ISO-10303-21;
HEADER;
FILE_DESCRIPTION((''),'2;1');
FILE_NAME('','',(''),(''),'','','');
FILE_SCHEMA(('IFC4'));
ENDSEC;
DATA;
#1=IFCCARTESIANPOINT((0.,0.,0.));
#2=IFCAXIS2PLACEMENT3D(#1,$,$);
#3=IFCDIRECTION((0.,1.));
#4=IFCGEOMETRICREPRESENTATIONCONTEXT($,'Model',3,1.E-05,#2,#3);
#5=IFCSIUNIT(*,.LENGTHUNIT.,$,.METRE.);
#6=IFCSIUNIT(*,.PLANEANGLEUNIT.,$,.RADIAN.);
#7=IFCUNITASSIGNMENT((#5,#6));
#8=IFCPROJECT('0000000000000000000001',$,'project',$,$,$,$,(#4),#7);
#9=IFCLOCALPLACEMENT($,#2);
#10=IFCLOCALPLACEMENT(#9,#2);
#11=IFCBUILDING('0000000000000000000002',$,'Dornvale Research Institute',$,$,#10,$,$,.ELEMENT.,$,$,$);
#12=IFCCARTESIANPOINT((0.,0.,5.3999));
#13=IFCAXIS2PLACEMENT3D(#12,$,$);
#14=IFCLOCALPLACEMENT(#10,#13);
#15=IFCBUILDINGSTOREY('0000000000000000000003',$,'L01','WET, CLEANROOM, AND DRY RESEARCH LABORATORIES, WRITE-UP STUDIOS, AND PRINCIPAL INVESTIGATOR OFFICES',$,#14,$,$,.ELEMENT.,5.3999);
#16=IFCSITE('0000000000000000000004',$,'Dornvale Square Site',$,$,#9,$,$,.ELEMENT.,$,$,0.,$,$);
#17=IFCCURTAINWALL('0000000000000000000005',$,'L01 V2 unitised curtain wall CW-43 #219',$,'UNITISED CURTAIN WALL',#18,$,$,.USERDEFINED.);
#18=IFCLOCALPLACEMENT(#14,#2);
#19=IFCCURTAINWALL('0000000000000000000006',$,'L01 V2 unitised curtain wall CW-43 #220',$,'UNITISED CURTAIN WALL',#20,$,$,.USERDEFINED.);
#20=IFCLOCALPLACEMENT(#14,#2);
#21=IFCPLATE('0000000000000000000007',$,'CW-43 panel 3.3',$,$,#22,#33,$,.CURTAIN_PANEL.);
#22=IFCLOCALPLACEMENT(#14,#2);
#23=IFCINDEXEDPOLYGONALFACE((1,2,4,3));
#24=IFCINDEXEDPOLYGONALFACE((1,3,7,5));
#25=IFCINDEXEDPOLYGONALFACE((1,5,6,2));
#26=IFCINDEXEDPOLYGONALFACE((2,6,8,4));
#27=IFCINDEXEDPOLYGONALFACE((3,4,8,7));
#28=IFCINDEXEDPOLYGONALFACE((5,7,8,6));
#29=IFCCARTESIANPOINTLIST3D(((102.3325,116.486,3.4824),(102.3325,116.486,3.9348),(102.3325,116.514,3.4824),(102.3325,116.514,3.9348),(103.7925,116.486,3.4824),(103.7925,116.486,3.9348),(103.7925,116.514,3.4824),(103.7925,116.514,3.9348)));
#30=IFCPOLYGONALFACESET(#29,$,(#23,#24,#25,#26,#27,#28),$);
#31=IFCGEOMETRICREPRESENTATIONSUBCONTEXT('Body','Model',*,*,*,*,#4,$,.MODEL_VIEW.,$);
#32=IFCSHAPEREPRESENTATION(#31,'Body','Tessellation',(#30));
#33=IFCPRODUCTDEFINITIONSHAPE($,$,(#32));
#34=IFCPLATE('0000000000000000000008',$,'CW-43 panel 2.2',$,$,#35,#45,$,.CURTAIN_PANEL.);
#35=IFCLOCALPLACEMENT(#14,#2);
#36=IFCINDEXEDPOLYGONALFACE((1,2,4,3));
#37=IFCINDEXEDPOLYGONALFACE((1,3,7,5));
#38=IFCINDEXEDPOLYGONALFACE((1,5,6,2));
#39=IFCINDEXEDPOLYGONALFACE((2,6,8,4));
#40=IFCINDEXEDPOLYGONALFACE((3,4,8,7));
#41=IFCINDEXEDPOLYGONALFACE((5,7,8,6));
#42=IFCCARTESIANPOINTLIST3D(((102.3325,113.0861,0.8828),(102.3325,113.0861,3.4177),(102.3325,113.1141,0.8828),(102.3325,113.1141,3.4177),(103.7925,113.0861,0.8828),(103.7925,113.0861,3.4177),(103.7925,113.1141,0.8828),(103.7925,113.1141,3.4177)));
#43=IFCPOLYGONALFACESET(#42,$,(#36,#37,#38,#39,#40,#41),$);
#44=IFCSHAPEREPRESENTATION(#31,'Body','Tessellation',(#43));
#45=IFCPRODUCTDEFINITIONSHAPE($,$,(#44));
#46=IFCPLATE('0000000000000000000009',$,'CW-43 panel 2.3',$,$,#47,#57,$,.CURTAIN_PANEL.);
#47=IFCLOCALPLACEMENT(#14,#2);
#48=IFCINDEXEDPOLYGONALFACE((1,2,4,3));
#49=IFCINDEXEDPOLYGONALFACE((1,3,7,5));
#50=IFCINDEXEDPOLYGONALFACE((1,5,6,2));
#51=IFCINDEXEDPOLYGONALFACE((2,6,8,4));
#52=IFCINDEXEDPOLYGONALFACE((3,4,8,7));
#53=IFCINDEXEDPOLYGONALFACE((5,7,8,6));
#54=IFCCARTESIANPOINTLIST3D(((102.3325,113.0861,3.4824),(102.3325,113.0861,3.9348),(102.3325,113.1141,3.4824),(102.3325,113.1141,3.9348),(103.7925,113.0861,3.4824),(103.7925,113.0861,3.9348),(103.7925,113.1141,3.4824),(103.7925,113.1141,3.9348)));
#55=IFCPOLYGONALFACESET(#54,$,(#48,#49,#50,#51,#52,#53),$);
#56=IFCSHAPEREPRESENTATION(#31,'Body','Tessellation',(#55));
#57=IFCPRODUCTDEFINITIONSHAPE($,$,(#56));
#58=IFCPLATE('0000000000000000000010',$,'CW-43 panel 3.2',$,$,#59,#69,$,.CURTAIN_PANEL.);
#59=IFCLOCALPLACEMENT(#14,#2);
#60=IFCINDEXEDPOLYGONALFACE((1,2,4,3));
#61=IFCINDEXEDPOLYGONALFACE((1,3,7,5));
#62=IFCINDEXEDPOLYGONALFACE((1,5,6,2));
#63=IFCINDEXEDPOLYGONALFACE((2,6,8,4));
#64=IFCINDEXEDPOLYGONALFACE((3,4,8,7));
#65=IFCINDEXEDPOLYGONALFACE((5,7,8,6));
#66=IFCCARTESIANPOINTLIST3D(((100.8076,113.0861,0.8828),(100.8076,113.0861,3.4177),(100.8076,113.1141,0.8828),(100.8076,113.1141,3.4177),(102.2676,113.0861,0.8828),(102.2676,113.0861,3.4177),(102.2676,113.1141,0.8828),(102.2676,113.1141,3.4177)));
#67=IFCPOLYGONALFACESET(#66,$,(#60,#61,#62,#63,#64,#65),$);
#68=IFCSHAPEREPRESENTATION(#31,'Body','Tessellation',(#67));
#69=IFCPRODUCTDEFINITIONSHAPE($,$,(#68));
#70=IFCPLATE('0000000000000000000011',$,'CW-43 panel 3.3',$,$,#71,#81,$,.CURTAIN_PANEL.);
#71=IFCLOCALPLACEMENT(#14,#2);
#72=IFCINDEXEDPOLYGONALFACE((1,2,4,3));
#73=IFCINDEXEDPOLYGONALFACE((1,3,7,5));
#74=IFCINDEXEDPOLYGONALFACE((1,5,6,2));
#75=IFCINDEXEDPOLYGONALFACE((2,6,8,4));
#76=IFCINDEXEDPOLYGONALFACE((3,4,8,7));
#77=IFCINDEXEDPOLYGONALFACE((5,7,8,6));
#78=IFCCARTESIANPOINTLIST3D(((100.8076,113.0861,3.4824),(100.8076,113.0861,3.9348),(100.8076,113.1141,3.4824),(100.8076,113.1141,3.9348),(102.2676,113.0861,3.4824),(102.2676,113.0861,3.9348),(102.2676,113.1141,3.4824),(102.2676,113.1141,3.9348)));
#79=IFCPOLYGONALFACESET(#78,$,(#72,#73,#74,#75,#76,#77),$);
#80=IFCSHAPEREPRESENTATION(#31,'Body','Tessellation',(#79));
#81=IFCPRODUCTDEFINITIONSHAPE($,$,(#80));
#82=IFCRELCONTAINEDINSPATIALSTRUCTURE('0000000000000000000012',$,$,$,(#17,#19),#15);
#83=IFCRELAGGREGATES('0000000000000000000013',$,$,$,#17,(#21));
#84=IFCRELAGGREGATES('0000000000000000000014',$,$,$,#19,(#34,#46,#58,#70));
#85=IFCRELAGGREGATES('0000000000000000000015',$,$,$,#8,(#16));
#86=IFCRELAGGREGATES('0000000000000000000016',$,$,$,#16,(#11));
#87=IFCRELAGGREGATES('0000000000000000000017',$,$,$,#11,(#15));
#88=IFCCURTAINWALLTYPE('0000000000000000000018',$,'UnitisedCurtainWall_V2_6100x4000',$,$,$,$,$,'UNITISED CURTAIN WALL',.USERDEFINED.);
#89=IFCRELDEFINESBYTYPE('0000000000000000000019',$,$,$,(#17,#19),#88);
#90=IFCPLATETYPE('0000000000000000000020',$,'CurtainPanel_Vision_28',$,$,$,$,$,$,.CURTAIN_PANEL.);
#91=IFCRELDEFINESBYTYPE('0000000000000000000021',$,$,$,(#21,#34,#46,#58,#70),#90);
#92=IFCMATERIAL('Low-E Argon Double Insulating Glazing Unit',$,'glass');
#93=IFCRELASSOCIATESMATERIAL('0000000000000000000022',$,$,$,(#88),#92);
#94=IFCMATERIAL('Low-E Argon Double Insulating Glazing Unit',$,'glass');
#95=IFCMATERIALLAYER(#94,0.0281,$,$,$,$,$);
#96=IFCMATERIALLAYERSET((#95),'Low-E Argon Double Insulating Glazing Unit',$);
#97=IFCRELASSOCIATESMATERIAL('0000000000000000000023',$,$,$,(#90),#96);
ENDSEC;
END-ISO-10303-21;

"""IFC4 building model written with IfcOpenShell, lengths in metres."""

from ifc_helpers import new_model, si_unit, direction, frame, origin, origin_2d, place, context, subcontext, project, spatial, rectangle, extrude, material, layer, layer_set, type_object, element, aggregate, save


model = new_model("IFC4")

# Units and contexts
model_context = context("Model", 3, precision=1e-05, world=origin(), true_north=direction((0.0, 1.0)))
body_context = subcontext(model_context, "Body", "Model", "MODEL_VIEW")
ifc_project = project(units=[si_unit("LENGTHUNIT", "METRE"), si_unit("PLANEANGLEUNIT", "RADIAN")], contexts=[model_context])

# Site, building, storey
site_placement = place(None, origin())
site = spatial("IfcSite", under=ifc_project, at=site_placement, Name="Dornvale Square Site", CompositionType="ELEMENT", RefElevation=0.0)
building_placement = place(site_placement, origin())
building = spatial("IfcBuilding", under=site, at=building_placement, Name="Dornvale Research Institute", CompositionType="ELEMENT")
storey_placement = place(building_placement, frame((0.0, 0.0, 5.3999)))
storey = spatial("IfcBuildingStorey", under=building, at=storey_placement, Name="L01", Description="WET, CLEANROOM, AND DRY RESEARCH LABORATORIES, WRITE-UP STUDIOS, AND PRINCIPAL INVESTIGATOR OFFICES", CompositionType="ELEMENT", Elevation=5.3999)

# Curtain walls
ifc_material_1 = material(Name="Low-E Argon Double Insulating Glazing Unit", Category="glass")
curtain_wall_type = type_object("IfcCurtainWallType", Name="UnitisedCurtainWall_V2_6100x4000", ElementType="UNITISED CURTAIN WALL", PredefinedType="USERDEFINED", material=ifc_material_1)
curtain_wall_1_placement = place(storey_placement, origin())
curtain_wall_1 = element("IfcCurtainWall", 1, at=curtain_wall_1_placement, inside=storey, type_object=curtain_wall_type, Name="L01 V2 unitised curtain wall CW-43 #219", ObjectType="UNITISED CURTAIN WALL", PredefinedType="USERDEFINED")
curtain_wall_2_placement = place(storey_placement, origin())
curtain_wall_2 = element("IfcCurtainWall", 2, at=curtain_wall_2_placement, inside=storey, type_object=curtain_wall_type, Name="L01 V2 unitised curtain wall CW-43 #220", ObjectType="UNITISED CURTAIN WALL", PredefinedType="USERDEFINED")

# Plates
ifc_material_2 = material(Name="Low-E Argon Double Insulating Glazing Unit", Category="glass")
ifc_layer_1 = layer(ifc_material_2, 0.0281)
ifc_layer_set_1 = layer_set([ifc_layer_1], Name="Low-E Argon Double Insulating Glazing Unit")
plate_type_1 = type_object("IfcPlateType", Name="CurtainPanel_Vision_28", PredefinedType="CURTAIN_PANEL", material=ifc_layer_set_1)
plate_1_placement = place(storey_placement, frame((103.0625, 116.5, 3.4824), z_axis=(0.0, 0.0, 1.0), x_axis=(1.0, 0.0, 0.0)))
plate_1 = element("IfcPlate", 3, at=plate_1_placement, type_object=plate_type_1, Name="CW-43 panel 3.3", PredefinedType="CURTAIN_PANEL", context=body_context, shape_type="SweptSolid", body=[
    extrude(rectangle(XDim=1.46, YDim=0.0281, at=origin_2d()), origin(), (0.0, 0.0, 1.0), 0.4524),
])
aggregate(curtain_wall_1, [plate_1])
plate_2_placement = place(storey_placement, frame((103.0625, 113.1001, 0.8828), z_axis=(0.0, 0.0, 1.0), x_axis=(-1.0, 0.0, 0.0)))
plate_2 = element("IfcPlate", 4, at=plate_2_placement, type_object=plate_type_1, Name="CW-43 panel 2.2", PredefinedType="CURTAIN_PANEL", context=body_context, shape_type="SweptSolid", body=[
    extrude(rectangle(XDim=1.46, YDim=0.0281, at=origin_2d()), origin(), (0.0, 0.0, 1.0), 2.5349),
])
plate_3_placement = place(storey_placement, frame((103.0625, 113.1001, 3.4824), z_axis=(0.0, 0.0, 1.0), x_axis=(-1.0, 0.0, 0.0)))
plate_3 = element("IfcPlate", 5, at=plate_3_placement, type_object=plate_type_1, Name="CW-43 panel 2.3", PredefinedType="CURTAIN_PANEL", context=body_context, shape_type="SweptSolid", body=[
    extrude(rectangle(XDim=1.46, YDim=0.0281, at=origin_2d()), origin(), (0.0, 0.0, 1.0), 0.4524),
])
plate_4_placement = place(storey_placement, frame((101.5376, 113.1001, 0.8828), z_axis=(0.0, 0.0, 1.0), x_axis=(-1.0, 0.0, 0.0)))
plate_4 = element("IfcPlate", 6, at=plate_4_placement, type_object=plate_type_1, Name="CW-43 panel 3.2", PredefinedType="CURTAIN_PANEL", context=body_context, shape_type="SweptSolid", body=[
    extrude(rectangle(XDim=1.46, YDim=0.0281, at=origin_2d()), origin(), (0.0, 0.0, 1.0), 2.5349),
])
plate_5_placement = place(storey_placement, frame((101.5376, 113.1001, 3.4824), z_axis=(0.0, 0.0, 1.0), x_axis=(-1.0, 0.0, 0.0)))
plate_5 = element("IfcPlate", 7, at=plate_5_placement, type_object=plate_type_1, Name="CW-43 panel 3.3", PredefinedType="CURTAIN_PANEL", context=body_context, shape_type="SweptSolid", body=[
    extrude(rectangle(XDim=1.46, YDim=0.0281, at=origin_2d()), origin(), (0.0, 0.0, 1.0), 0.4524),
])
aggregate(curtain_wall_2, [plate_2, plate_3, plate_4, plate_5])

save(model, "model.ifc")
